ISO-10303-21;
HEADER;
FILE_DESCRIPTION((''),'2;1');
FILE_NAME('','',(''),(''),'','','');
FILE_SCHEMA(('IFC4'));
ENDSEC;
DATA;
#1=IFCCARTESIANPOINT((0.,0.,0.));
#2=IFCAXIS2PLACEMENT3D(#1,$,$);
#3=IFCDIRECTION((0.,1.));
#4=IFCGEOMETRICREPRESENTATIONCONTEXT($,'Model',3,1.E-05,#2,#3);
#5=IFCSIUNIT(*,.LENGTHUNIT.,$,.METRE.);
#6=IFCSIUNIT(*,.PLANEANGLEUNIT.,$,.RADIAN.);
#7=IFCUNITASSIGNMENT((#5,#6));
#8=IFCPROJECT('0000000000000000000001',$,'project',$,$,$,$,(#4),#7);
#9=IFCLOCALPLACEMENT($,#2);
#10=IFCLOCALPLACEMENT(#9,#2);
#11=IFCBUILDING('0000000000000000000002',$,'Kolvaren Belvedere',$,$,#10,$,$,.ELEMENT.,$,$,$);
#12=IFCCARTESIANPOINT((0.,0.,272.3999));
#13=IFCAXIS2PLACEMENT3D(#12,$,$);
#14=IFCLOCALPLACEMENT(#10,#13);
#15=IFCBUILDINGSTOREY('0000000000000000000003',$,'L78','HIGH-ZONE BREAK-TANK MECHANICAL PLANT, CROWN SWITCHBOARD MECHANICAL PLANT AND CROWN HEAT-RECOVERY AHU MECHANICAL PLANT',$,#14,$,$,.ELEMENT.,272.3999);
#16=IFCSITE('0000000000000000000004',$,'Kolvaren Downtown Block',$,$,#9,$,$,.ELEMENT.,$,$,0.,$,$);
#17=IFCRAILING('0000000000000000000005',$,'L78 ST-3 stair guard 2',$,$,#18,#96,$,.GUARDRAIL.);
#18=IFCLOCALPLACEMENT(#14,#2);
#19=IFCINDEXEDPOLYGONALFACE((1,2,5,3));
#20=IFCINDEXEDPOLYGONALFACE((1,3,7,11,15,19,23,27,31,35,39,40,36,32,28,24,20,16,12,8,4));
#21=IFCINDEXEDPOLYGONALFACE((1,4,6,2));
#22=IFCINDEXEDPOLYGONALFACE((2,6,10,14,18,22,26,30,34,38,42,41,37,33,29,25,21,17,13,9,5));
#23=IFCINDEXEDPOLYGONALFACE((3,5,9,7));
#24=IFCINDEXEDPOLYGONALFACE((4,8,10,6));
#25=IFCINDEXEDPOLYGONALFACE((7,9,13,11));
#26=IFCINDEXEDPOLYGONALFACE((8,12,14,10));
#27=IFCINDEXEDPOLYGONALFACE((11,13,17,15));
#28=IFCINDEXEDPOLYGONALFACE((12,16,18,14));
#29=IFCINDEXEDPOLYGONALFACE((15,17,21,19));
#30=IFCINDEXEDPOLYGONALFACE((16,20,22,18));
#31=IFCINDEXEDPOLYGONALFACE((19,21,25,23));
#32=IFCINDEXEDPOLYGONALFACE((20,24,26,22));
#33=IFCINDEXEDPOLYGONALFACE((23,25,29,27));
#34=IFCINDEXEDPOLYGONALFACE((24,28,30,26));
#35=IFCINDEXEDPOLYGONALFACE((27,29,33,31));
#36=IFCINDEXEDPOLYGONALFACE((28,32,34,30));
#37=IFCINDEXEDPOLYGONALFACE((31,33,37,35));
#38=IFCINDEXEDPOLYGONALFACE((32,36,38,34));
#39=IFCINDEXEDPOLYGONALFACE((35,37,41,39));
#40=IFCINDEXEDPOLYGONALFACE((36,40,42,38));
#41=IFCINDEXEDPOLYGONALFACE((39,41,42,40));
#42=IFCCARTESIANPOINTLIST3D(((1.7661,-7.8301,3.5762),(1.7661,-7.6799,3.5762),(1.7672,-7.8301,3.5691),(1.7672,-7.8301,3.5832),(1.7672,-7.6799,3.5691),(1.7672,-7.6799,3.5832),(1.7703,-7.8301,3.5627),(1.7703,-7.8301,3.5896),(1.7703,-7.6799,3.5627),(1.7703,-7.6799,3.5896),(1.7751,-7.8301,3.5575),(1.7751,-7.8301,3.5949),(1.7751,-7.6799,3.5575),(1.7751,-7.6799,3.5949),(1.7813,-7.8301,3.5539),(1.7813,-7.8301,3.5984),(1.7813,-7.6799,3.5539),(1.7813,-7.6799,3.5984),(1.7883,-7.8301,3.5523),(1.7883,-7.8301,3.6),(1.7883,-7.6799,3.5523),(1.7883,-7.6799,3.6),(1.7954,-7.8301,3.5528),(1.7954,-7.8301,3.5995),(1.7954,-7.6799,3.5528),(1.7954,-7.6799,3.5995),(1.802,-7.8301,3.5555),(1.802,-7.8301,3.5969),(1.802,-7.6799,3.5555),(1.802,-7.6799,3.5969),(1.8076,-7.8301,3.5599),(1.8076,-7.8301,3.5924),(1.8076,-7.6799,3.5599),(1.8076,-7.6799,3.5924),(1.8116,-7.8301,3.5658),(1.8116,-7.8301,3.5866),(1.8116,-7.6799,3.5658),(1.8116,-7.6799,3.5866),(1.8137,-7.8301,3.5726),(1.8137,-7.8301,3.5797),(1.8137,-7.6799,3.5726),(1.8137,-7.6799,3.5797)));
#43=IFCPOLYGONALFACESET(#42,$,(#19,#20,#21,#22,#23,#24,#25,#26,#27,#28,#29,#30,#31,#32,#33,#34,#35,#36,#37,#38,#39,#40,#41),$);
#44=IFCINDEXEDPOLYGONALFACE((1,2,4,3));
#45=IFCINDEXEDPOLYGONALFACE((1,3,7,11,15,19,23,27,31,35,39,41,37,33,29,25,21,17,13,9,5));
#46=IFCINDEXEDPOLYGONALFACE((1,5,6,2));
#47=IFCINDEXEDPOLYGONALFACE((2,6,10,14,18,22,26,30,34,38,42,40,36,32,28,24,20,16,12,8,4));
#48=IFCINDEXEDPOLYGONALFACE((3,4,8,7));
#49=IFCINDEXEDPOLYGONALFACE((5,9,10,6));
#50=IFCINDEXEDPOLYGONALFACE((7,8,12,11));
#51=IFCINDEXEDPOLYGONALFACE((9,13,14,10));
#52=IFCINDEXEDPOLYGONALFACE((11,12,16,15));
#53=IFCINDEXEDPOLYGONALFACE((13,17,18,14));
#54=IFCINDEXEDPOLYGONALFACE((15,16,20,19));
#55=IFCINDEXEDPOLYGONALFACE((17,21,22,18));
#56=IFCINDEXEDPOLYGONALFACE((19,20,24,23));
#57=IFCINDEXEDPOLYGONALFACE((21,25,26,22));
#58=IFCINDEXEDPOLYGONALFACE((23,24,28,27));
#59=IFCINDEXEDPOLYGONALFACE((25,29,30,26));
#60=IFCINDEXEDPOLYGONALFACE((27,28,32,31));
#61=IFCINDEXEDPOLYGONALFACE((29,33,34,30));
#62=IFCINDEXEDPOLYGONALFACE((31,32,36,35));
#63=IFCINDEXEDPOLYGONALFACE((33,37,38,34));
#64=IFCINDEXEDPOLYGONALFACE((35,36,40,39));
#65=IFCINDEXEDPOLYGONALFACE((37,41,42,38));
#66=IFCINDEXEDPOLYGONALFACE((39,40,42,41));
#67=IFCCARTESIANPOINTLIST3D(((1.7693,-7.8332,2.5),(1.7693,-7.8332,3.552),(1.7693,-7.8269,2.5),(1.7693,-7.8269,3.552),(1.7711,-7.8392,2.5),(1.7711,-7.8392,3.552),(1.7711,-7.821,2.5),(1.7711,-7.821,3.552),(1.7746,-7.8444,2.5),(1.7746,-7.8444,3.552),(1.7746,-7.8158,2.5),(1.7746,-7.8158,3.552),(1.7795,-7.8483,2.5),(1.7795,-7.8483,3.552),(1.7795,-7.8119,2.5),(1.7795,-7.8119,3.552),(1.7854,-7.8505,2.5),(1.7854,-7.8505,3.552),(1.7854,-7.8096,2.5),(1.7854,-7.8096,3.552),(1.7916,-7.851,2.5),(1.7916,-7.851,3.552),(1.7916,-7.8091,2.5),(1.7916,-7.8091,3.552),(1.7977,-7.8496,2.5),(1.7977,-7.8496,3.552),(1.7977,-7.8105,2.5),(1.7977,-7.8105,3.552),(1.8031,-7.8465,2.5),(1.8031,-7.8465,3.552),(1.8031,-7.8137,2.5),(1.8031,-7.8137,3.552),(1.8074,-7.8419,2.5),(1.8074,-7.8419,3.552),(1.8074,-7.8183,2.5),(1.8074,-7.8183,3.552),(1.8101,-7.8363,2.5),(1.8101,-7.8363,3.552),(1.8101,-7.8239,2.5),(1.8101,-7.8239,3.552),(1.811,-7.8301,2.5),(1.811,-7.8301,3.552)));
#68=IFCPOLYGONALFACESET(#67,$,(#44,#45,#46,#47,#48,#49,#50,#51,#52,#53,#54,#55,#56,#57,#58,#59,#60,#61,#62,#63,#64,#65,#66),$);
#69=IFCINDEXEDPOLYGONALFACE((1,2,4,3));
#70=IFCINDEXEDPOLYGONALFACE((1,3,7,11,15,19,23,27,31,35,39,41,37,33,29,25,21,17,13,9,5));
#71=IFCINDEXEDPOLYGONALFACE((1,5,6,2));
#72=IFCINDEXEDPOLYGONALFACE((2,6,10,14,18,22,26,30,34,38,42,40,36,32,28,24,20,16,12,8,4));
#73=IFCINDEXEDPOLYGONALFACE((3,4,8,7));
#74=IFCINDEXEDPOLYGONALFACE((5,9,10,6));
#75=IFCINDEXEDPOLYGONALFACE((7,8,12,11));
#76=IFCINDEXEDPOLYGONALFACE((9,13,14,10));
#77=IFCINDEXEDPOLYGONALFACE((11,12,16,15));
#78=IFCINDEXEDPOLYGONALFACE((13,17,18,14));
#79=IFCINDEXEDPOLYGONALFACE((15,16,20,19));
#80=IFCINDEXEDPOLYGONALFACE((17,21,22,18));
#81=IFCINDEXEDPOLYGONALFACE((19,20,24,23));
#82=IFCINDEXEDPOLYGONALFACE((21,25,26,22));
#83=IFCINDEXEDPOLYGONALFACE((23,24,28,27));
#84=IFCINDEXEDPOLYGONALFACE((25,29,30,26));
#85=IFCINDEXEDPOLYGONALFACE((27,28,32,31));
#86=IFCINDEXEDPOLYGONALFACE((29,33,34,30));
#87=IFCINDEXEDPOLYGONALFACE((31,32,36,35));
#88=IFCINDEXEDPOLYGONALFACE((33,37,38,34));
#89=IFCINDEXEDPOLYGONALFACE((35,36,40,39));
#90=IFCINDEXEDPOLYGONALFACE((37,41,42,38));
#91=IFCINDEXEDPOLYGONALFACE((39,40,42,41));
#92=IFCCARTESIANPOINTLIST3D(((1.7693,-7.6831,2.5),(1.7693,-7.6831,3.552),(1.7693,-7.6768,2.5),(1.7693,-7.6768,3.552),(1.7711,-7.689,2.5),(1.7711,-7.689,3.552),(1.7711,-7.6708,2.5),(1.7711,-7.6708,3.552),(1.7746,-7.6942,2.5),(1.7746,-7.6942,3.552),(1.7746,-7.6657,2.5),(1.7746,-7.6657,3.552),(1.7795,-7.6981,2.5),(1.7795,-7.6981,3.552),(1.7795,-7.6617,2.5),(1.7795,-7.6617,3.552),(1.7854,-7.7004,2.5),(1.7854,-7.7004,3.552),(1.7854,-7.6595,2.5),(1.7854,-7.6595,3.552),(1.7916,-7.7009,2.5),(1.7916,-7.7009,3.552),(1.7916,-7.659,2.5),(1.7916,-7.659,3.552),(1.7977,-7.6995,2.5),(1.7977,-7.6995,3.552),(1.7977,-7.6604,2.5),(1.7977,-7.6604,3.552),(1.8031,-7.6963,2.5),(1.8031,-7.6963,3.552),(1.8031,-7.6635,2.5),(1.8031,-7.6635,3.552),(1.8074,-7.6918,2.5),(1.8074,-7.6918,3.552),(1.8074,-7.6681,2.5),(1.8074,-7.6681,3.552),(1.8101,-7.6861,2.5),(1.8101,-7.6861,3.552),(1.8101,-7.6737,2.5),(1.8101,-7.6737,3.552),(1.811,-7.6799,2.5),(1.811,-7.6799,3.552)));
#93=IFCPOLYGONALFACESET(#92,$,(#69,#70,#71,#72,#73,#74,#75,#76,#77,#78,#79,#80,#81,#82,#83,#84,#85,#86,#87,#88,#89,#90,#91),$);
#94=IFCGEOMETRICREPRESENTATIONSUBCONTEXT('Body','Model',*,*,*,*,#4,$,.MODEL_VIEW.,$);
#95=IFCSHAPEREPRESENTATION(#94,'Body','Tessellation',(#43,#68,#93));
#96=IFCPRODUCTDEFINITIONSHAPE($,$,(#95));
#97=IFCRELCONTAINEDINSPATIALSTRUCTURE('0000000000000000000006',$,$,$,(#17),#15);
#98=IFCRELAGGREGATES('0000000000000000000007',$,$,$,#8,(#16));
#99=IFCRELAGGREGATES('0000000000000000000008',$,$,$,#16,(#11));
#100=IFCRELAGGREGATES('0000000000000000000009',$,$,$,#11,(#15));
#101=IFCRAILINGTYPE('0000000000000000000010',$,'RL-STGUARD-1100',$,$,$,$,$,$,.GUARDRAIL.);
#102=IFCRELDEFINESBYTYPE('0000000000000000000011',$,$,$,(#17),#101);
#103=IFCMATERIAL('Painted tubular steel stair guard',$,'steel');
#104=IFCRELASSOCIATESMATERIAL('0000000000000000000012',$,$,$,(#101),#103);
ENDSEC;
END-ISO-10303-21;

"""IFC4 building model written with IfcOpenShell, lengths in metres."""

from ifc_helpers import new_model, si_unit, direction, frame, origin, origin_2d, place, context, subcontext, project, spatial, circle, extrude, material, type_object, element, save


model = new_model("IFC4")

# Units and contexts
model_context = context("Model", 3, precision=1e-05, world=origin(), true_north=direction((0.0, 1.0)))
body_context = subcontext(model_context, "Body", "Model", "MODEL_VIEW")
ifc_project = project(units=[si_unit("LENGTHUNIT", "METRE"), si_unit("PLANEANGLEUNIT", "RADIAN")], contexts=[model_context])

# Site, building, storey
site_placement = place(None, origin())
site = spatial("IfcSite", under=ifc_project, at=site_placement, Name="Kolvaren Downtown Block", CompositionType="ELEMENT", RefElevation=0.0)
building_placement = place(site_placement, origin())
building = spatial("IfcBuilding", under=site, at=building_placement, Name="Kolvaren Belvedere", CompositionType="ELEMENT")
storey_placement = place(building_placement, frame((0.0, 0.0, 272.3999)))
storey = spatial("IfcBuildingStorey", under=building, at=storey_placement, Name="L78", Description="HIGH-ZONE BREAK-TANK MECHANICAL PLANT, CROWN SWITCHBOARD MECHANICAL PLANT AND CROWN HEAT-RECOVERY AHU MECHANICAL PLANT", CompositionType="ELEMENT", Elevation=272.3999)

# Railing
ifc_material_1 = material(Name="Painted tubular steel stair guard", Category="steel")
railing_type_1 = type_object("IfcRailingType", Name="RL-STGUARD-1100", PredefinedType="GUARDRAIL", material=ifc_material_1)
railing_1_placement = place(storey_placement, frame((1.79, -7.8301, 2.5)))
element("IfcRailing", 1, at=railing_1_placement, inside=storey, type_object=railing_type_1, Name="L78 ST-3 stair guard 2", PredefinedType="GUARDRAIL", context=body_context, shape_type="SweptSolid", body=[
    extrude(circle(Radius=0.0239, at=origin_2d()), frame((0.0, 0.0, 1.0762), z_axis=(0.0, 1.0, 0.0), x_axis=(-1.0, 0.0, 0.0)), (0.0, 0.0, 1.0), 0.1501),
    extrude(circle(Radius=0.021, at=origin_2d()), origin(), (0.0, 0.0, 1.0), 1.052),
    extrude(circle(Radius=0.021, at=origin_2d()), frame((0.0, 0.1501, 0.0)), (0.0, 0.0, 1.0), 1.052),
])

save(model, "model.ifc")
